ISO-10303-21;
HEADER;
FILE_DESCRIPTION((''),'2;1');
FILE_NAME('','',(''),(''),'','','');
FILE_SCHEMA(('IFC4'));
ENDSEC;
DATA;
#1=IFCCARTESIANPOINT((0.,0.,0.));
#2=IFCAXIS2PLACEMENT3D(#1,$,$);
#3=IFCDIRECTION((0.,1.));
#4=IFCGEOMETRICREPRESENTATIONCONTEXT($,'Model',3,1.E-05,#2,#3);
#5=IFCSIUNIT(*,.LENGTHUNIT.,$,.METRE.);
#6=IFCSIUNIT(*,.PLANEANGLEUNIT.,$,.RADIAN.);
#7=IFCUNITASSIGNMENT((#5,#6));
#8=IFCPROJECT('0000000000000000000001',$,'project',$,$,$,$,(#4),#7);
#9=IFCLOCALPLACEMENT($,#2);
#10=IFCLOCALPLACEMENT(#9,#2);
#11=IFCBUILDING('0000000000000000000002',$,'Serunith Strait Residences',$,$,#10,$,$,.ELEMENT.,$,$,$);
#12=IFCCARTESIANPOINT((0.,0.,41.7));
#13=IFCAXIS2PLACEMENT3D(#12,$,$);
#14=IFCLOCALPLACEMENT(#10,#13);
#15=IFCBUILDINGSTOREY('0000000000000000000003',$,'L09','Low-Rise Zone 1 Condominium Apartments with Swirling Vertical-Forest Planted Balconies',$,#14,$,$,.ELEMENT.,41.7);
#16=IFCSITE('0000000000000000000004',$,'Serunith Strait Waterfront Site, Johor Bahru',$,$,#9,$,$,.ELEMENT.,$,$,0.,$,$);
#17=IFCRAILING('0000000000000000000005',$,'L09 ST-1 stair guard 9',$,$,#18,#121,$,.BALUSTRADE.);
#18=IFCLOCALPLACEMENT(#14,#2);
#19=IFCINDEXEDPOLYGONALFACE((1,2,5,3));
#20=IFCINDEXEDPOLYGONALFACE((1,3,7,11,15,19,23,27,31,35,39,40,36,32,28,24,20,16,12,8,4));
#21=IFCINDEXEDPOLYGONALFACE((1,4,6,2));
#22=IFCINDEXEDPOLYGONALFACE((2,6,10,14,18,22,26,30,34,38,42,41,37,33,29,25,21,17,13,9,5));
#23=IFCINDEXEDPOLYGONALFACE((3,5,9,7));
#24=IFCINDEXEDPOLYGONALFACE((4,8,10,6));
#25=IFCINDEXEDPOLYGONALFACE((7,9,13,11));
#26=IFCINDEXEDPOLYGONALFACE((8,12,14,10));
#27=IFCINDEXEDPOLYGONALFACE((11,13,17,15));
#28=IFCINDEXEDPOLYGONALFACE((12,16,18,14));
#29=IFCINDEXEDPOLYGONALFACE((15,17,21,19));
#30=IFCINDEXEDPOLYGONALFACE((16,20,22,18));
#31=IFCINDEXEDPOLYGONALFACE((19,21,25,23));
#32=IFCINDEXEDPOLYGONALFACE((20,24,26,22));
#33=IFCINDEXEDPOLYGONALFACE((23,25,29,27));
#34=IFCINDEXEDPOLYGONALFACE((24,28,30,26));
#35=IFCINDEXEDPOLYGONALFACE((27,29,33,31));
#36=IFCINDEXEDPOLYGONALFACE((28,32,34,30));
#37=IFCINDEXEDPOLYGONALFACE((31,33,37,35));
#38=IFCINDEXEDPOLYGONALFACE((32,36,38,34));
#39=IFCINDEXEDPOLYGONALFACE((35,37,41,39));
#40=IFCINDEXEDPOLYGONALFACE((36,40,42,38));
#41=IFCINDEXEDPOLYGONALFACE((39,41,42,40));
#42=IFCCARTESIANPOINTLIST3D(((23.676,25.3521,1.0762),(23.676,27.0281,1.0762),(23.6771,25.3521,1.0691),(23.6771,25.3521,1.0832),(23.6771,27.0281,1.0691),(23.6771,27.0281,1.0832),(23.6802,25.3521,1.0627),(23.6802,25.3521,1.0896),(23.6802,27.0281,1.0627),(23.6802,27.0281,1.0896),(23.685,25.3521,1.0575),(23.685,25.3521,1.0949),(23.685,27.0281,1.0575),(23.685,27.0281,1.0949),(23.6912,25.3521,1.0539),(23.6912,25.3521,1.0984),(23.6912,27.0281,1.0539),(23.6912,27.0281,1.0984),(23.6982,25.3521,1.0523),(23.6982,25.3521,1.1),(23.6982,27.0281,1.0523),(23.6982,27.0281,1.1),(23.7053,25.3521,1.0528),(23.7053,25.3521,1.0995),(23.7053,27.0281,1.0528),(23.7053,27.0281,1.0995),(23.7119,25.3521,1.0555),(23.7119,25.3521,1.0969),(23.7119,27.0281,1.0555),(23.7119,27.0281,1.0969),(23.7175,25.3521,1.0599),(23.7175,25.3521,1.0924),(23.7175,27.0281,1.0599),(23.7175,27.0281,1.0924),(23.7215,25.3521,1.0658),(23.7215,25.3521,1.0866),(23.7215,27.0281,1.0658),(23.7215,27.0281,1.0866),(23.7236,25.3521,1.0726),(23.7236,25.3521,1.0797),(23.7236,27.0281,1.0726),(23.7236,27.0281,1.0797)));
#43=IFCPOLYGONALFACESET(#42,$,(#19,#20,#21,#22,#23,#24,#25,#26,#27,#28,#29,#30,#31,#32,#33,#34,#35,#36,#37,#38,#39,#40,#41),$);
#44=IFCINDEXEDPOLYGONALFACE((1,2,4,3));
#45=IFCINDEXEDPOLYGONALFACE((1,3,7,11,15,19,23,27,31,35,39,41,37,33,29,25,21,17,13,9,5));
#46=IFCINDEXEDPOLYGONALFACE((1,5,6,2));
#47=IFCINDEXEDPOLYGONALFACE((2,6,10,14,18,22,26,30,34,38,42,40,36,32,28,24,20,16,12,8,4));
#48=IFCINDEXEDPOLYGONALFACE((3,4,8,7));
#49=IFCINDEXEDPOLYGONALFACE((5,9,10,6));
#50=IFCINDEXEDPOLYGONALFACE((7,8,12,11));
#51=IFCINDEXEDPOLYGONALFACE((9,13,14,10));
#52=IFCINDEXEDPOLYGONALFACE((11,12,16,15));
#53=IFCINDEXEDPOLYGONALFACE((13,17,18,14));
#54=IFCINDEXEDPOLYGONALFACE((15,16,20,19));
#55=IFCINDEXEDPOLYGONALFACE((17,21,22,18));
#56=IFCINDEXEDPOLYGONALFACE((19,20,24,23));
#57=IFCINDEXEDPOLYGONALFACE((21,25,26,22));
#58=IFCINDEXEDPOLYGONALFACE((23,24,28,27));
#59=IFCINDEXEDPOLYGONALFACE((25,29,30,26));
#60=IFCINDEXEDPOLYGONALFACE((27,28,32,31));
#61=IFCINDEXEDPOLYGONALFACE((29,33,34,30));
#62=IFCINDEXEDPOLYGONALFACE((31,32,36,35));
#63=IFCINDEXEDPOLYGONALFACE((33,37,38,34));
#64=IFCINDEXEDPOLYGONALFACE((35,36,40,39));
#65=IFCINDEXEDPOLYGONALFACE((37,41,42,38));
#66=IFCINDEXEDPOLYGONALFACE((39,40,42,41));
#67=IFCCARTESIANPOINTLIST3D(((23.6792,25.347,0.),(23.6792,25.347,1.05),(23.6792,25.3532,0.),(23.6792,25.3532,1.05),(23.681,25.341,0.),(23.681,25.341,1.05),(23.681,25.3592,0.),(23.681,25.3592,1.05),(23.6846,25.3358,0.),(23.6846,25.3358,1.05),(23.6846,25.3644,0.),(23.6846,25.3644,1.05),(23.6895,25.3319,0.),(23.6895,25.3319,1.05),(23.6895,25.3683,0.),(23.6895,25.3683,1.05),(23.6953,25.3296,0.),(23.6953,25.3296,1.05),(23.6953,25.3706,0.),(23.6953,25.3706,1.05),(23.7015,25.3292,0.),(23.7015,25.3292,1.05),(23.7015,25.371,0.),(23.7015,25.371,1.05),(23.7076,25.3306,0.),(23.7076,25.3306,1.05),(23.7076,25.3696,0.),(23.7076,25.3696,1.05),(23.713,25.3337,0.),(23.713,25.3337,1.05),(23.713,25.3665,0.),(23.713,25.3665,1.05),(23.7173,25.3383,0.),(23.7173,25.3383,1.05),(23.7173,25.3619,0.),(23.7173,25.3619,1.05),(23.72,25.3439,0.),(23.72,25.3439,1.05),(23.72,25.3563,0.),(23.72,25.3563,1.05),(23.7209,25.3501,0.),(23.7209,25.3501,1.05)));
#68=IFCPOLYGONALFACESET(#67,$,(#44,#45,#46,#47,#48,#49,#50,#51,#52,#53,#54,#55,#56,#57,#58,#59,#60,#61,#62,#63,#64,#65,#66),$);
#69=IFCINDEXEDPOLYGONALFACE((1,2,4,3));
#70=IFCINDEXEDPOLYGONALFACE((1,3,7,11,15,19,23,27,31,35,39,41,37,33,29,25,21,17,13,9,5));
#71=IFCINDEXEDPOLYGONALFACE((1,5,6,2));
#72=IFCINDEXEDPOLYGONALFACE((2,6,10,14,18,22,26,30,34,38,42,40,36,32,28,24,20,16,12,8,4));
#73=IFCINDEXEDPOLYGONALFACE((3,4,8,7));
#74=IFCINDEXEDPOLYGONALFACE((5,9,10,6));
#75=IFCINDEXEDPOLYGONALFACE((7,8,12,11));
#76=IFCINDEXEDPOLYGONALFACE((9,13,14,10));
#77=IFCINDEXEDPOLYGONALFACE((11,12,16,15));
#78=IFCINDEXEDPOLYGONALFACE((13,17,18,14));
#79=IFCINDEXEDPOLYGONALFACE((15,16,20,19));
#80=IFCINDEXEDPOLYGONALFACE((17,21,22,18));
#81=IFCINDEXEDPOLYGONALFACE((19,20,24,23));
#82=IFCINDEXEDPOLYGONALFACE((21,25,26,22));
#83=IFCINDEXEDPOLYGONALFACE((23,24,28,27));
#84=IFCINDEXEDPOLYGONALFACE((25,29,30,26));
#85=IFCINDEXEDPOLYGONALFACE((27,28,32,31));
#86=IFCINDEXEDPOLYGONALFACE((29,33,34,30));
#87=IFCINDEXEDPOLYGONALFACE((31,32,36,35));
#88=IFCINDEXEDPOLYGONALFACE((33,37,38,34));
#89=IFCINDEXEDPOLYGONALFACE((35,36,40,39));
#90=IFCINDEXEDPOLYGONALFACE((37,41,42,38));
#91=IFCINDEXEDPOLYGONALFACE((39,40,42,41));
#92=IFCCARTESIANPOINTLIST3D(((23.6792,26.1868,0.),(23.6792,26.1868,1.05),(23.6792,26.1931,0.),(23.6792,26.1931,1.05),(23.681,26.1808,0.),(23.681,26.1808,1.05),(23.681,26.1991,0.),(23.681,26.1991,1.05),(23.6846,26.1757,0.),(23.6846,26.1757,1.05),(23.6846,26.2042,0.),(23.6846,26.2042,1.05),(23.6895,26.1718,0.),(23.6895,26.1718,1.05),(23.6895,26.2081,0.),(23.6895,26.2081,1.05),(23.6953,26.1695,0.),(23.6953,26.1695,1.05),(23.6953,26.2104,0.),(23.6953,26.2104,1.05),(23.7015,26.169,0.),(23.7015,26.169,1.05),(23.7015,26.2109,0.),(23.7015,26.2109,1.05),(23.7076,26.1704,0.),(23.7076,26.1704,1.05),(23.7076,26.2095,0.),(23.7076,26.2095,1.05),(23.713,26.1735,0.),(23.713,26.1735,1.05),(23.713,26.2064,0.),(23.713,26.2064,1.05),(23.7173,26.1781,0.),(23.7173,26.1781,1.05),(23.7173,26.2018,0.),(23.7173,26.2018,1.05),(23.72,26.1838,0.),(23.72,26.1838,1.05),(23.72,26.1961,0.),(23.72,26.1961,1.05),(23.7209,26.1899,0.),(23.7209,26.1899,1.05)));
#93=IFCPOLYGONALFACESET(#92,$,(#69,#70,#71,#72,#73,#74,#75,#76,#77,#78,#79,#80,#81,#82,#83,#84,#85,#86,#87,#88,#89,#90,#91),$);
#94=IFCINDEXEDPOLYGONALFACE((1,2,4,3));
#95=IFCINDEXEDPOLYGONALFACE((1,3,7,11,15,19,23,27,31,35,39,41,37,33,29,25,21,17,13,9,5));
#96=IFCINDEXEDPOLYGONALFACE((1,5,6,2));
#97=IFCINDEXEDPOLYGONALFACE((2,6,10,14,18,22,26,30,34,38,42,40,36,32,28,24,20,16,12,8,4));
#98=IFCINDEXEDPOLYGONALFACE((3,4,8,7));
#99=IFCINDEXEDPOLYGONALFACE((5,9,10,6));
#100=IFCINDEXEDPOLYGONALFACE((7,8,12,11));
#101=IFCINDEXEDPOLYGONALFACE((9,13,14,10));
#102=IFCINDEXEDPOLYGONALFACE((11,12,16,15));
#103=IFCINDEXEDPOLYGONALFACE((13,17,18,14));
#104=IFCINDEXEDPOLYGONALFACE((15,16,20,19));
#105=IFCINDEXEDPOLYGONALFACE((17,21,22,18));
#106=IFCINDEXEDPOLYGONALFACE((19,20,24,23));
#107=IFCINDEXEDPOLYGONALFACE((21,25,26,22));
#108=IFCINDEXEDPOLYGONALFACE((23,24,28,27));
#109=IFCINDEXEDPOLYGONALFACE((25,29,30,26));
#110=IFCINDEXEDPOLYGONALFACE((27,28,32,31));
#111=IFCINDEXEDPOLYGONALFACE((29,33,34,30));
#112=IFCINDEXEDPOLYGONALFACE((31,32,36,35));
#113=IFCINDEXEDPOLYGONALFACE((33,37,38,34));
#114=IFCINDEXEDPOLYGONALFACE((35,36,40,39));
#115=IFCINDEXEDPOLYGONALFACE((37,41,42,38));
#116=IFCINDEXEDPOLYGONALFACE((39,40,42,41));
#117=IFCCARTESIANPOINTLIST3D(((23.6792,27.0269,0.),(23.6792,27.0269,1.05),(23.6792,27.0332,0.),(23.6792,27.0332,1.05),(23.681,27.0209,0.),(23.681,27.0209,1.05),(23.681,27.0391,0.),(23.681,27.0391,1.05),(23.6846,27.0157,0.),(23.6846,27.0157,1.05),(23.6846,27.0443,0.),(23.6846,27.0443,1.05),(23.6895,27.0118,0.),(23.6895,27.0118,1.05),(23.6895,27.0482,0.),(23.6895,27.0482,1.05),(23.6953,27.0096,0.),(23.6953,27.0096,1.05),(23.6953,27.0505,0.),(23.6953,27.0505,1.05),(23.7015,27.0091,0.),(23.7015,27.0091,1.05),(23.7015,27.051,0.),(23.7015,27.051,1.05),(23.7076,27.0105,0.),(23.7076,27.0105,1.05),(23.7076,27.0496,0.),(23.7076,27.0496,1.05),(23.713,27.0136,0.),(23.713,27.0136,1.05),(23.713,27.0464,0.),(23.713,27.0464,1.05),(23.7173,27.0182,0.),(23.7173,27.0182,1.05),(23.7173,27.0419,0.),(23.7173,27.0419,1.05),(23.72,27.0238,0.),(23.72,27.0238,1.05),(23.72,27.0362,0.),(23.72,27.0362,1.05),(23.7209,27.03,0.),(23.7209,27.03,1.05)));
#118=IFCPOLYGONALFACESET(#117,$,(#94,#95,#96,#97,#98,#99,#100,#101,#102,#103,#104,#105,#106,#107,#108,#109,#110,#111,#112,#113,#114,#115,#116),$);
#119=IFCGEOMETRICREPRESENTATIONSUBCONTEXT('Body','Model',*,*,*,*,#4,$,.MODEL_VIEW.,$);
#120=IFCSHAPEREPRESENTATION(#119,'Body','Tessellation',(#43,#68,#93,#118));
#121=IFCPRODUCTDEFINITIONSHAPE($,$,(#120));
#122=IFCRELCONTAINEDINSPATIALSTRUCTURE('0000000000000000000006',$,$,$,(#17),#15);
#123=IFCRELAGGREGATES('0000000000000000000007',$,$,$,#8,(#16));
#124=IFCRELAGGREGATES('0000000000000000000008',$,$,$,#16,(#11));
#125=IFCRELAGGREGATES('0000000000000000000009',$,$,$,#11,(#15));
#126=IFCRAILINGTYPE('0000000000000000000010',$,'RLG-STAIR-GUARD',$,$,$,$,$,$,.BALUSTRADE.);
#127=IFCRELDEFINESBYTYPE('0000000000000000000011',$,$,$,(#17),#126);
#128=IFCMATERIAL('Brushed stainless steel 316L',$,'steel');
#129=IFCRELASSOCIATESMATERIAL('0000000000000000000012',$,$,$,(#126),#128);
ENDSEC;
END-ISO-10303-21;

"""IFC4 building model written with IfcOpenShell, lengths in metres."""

from ifc_helpers import new_model, si_unit, direction, frame, origin, origin_2d, place, context, subcontext, project, spatial, circle, extrude, material, type_object, element, save


model = new_model("IFC4")

# Units and contexts
model_context = context("Model", 3, precision=1e-05, world=origin(), true_north=direction((0.0, 1.0)))
body_context = subcontext(model_context, "Body", "Model", "MODEL_VIEW")
ifc_project = project(units=[si_unit("LENGTHUNIT", "METRE"), si_unit("PLANEANGLEUNIT", "RADIAN")], contexts=[model_context])

# Site, building, storey
site_placement = place(None, origin())
site = spatial("IfcSite", under=ifc_project, at=site_placement, Name="Serunith Strait Waterfront Site, Johor Bahru", CompositionType="ELEMENT", RefElevation=0.0)
building_placement = place(site_placement, origin())
building = spatial("IfcBuilding", under=site, at=building_placement, Name="Serunith Strait Residences", CompositionType="ELEMENT")
storey_placement = place(building_placement, frame((0.0, 0.0, 41.7)))
storey = spatial("IfcBuildingStorey", under=building, at=storey_placement, Name="L09", Description="Low-Rise Zone 1 Condominium Apartments with Swirling Vertical-Forest Planted Balconies", CompositionType="ELEMENT", Elevation=41.7)

# Railing
ifc_material_1 = material(Name="Brushed stainless steel 316L", Category="steel")
railing_type_1 = type_object("IfcRailingType", Name="RLG-STAIR-GUARD", PredefinedType="BALUSTRADE", material=ifc_material_1)
for number, where, name in (
    (1, (23.7, 25.3501, 0.0), "L09 ST-1 stair guard 9"),
):
    element("IfcRailing", number, at=place(storey_placement, frame(where)), inside=storey, type_object=railing_type_1, Name=name, PredefinedType="BALUSTRADE", context=body_context, shape_type="SweptSolid", body=[
        extrude(circle(Radius=0.0239, at=origin_2d()), frame((0.0, 0.002, 1.0762), z_axis=(0.0, 1.0, 0.0), x_axis=(-1.0, 0.0, 0.0)), (0.0, 0.0, 1.0), 1.676),
        extrude(circle(Radius=0.021, at=origin_2d()), origin(), (0.0, 0.0, 1.0), 1.05),
        extrude(circle(Radius=0.021, at=origin_2d()), frame((0.0, 0.8398, 0.0)), (0.0, 0.0, 1.0), 1.05),
        extrude(circle(Radius=0.021, at=origin_2d()), frame((0.0, 1.6799, 0.0)), (0.0, 0.0, 1.0), 1.05),
    ])

save(model, "model.ifc")
